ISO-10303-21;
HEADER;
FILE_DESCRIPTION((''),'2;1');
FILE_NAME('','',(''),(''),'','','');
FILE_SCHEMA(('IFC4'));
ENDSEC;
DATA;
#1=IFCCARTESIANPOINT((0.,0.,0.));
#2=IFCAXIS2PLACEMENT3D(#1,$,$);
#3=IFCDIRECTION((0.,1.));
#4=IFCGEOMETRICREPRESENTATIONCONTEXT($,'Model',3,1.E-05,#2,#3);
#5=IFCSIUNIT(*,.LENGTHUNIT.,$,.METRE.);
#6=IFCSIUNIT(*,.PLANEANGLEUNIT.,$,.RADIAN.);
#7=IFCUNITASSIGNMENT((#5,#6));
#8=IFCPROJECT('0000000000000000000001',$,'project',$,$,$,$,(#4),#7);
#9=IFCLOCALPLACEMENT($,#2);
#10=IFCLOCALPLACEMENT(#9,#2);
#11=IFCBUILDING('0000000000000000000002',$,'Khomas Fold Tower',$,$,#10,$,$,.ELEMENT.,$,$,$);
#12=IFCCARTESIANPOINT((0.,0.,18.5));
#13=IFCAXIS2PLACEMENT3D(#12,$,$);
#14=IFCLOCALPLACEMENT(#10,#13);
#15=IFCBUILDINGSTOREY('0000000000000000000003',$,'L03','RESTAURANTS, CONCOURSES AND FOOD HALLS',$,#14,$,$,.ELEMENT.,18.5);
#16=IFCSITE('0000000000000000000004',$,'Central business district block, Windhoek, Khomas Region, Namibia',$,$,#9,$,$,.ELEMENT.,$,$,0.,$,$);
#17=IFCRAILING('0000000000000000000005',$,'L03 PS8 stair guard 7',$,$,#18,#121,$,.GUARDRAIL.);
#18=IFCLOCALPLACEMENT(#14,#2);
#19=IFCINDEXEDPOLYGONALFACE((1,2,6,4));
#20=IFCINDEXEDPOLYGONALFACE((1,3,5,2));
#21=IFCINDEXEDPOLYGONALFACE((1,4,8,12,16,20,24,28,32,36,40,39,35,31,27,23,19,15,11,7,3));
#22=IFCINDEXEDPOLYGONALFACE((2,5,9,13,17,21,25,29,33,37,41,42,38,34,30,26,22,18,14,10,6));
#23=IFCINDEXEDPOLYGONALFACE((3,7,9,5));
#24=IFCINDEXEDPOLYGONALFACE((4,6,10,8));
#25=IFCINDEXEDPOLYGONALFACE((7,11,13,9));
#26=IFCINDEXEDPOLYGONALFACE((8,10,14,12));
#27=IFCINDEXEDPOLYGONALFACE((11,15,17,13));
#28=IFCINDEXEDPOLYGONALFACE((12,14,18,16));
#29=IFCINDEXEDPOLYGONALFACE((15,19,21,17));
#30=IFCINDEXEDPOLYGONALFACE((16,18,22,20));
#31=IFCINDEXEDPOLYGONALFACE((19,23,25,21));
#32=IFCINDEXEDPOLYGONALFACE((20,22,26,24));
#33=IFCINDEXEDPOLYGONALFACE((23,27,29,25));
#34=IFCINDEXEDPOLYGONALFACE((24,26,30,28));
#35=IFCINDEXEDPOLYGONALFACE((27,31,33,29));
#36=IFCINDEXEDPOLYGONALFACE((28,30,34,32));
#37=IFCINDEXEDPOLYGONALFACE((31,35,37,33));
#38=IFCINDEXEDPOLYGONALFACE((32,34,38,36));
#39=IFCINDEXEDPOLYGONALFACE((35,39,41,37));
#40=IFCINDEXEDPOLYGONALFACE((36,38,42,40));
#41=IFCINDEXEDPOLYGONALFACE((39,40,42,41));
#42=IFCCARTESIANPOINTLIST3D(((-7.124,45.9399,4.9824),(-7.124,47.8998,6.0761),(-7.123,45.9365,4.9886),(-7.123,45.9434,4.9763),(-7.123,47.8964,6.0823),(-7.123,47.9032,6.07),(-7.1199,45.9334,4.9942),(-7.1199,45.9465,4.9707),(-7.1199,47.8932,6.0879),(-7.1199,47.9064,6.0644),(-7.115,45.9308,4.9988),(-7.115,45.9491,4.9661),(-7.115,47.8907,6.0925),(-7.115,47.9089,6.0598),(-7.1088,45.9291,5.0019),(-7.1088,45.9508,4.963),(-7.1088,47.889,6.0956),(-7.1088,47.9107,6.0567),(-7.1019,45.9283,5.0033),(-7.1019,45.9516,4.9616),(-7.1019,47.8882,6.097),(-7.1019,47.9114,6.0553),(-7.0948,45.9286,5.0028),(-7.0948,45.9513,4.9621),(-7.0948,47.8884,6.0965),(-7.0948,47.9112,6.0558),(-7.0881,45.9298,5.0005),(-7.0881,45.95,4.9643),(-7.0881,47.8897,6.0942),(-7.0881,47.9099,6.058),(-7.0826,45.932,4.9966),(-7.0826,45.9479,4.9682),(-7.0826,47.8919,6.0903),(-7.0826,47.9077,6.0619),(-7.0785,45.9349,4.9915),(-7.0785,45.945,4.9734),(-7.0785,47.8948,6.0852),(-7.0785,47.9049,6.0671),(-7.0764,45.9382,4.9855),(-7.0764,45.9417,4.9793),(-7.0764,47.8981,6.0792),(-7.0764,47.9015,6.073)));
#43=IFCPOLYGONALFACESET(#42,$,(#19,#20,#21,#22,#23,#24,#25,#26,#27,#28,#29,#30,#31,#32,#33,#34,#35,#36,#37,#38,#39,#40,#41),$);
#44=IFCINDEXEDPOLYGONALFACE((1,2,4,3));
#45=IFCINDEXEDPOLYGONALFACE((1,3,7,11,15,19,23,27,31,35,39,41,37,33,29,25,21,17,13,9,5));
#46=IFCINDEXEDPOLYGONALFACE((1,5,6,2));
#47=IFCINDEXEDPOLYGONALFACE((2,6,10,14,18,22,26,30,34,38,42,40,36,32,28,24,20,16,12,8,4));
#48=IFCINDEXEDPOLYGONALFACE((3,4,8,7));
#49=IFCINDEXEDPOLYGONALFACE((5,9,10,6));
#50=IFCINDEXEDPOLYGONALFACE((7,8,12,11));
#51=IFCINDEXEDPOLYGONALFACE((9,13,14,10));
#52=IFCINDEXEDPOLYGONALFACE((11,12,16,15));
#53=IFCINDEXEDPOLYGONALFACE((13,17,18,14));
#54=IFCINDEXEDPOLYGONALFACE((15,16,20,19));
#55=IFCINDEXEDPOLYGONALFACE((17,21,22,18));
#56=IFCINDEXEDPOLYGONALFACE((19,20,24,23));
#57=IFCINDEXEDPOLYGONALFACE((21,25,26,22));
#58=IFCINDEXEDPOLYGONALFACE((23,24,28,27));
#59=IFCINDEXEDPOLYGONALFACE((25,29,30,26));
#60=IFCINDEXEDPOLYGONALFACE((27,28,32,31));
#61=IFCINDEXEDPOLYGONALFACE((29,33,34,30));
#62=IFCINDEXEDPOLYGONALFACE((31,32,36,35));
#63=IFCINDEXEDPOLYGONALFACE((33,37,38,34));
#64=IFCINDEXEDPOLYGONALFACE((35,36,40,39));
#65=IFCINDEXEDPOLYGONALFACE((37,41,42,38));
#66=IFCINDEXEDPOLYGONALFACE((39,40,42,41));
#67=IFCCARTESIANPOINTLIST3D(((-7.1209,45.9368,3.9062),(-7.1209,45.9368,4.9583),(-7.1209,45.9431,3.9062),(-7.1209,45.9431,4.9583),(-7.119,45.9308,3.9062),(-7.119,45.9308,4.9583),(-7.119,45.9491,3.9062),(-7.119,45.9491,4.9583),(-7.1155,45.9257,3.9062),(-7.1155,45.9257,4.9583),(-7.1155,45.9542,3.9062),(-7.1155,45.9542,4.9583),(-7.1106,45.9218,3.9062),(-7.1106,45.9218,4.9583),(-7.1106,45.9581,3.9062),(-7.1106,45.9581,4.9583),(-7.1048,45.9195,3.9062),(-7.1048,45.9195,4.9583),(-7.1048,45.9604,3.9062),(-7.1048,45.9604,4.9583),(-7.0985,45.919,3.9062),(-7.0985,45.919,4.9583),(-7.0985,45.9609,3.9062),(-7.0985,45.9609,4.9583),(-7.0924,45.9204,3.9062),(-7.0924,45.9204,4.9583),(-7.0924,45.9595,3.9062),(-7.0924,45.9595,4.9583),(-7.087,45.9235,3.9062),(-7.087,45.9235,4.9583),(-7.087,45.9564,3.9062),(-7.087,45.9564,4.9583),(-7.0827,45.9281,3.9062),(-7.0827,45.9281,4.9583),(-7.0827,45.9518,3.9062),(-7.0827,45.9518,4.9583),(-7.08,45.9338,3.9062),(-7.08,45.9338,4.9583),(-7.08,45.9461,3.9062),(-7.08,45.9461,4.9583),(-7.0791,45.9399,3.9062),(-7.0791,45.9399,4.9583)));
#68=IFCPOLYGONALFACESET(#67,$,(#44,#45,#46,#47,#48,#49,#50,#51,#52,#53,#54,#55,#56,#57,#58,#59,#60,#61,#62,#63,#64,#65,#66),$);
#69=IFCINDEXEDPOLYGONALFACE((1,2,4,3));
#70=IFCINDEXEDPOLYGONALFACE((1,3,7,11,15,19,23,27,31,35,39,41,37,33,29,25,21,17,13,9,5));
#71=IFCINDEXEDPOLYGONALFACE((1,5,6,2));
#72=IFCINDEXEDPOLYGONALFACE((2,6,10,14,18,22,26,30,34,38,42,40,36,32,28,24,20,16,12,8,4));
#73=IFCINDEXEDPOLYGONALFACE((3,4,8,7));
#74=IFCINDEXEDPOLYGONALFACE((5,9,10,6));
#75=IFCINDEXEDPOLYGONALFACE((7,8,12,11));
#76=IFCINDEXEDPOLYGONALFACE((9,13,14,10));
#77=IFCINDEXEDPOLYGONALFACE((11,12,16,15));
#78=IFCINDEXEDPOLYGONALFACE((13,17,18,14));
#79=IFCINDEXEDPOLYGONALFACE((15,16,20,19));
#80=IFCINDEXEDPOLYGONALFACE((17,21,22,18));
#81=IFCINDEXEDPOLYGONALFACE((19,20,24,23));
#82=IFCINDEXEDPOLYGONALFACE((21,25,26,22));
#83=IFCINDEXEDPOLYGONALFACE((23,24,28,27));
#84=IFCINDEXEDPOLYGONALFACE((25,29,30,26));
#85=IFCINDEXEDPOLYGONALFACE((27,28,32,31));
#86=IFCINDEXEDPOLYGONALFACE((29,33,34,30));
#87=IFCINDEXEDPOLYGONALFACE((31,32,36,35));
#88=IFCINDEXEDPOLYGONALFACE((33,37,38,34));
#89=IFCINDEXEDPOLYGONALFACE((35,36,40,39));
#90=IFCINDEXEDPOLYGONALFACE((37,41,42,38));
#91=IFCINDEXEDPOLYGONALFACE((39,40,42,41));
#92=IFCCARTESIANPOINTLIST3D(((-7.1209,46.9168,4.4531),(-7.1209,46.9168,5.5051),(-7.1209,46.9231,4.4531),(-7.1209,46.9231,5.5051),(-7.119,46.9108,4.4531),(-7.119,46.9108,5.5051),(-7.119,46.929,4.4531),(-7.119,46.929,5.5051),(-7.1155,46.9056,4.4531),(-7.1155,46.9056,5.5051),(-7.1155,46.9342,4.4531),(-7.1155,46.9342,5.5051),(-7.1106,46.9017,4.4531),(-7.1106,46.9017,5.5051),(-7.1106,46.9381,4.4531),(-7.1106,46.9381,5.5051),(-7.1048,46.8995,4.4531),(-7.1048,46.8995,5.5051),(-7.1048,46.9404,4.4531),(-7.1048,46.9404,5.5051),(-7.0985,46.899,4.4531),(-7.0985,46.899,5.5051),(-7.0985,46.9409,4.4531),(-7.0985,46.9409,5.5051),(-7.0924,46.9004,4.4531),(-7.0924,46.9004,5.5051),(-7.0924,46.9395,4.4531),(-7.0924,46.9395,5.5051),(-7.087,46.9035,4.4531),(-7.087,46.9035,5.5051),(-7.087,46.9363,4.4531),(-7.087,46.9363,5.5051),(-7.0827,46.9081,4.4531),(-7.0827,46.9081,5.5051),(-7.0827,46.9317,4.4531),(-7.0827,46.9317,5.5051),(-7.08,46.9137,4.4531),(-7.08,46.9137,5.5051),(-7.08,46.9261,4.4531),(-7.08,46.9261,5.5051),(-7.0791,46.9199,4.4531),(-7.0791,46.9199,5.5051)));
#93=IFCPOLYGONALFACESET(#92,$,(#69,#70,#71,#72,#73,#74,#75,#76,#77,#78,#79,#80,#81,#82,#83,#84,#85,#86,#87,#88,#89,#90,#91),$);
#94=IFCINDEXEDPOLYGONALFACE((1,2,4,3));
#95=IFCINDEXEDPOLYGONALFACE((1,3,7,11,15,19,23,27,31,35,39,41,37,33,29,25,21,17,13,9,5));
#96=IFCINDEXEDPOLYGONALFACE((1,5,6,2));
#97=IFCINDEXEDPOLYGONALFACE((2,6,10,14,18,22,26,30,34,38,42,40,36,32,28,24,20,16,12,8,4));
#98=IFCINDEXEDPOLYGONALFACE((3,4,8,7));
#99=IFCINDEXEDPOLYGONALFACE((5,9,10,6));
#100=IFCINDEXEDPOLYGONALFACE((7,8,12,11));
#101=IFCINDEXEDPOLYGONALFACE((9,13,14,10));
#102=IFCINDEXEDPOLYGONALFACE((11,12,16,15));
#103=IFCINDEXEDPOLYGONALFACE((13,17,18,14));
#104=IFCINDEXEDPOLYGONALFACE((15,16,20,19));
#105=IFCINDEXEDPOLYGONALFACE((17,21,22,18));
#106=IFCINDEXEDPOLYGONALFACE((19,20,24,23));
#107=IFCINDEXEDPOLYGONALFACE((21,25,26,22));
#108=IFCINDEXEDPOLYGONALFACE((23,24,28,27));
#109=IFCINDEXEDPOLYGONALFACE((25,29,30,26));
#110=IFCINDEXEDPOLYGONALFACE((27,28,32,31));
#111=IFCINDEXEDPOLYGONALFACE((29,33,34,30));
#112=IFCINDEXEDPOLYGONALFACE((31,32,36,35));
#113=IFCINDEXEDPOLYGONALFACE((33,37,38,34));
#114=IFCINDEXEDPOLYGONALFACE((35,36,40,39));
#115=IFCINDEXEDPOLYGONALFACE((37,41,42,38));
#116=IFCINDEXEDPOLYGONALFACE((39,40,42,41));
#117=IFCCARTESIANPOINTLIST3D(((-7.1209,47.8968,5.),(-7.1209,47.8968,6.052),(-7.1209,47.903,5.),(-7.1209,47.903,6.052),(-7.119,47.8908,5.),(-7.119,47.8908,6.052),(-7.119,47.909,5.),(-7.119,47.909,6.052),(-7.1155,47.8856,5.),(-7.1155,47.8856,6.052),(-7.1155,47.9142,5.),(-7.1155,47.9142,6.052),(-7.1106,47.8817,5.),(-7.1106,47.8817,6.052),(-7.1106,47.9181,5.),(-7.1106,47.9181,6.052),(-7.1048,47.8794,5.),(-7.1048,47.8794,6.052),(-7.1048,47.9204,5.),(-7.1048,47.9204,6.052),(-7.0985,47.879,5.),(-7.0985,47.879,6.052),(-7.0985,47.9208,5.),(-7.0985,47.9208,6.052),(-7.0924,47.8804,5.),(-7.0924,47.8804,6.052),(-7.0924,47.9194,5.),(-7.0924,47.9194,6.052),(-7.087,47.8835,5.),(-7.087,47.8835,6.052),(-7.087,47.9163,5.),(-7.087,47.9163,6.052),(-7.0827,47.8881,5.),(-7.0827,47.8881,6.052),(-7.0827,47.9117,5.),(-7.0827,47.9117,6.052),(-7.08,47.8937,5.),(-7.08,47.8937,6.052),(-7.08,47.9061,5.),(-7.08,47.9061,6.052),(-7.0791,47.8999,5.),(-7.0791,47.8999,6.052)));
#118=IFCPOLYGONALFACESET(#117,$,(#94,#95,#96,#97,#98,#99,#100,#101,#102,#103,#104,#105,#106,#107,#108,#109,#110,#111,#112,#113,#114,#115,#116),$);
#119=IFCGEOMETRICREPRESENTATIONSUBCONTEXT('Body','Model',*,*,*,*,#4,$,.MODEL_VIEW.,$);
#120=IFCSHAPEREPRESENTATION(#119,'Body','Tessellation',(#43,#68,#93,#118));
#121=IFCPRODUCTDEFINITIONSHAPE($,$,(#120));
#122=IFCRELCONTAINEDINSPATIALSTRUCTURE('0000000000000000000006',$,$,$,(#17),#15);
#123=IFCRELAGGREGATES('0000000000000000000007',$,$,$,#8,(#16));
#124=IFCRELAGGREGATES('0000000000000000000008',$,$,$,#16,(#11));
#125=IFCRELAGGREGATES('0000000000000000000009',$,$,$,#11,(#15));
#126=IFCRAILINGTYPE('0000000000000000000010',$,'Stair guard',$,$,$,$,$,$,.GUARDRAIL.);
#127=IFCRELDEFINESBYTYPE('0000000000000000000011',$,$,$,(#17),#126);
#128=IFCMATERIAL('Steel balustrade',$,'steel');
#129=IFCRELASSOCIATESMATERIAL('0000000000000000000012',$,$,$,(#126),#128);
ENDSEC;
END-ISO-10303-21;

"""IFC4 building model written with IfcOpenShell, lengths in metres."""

from ifc_helpers import new_model, si_unit, direction, frame, origin, origin_2d, place, context, subcontext, project, spatial, circle, extrude, source, transform, mapped, material, type_object, element, save


model = new_model("IFC4")

# Units and contexts
model_context = context("Model", 3, precision=1e-05, world=origin(), true_north=direction((0.0, 1.0)))
body_context = subcontext(model_context, "Body", "Model", "MODEL_VIEW")
ifc_project = project(units=[si_unit("LENGTHUNIT", "METRE"), si_unit("PLANEANGLEUNIT", "RADIAN")], contexts=[model_context])

# Site, building, storey
site_placement = place(None, origin())
site = spatial("IfcSite", under=ifc_project, at=site_placement, Name="Central business district block, Windhoek, Khomas Region, Namibia", CompositionType="ELEMENT", RefElevation=0.0)
building_placement = place(site_placement, origin())
building = spatial("IfcBuilding", under=site, at=building_placement, Name="Khomas Fold Tower", CompositionType="ELEMENT")
storey_placement = place(building_placement, frame((0.0, 0.0, 18.5)))
storey = spatial("IfcBuildingStorey", under=building, at=storey_placement, Name="L03", Description="RESTAURANTS, CONCOURSES AND FOOD HALLS", CompositionType="ELEMENT", Elevation=18.5)

# Railing
ifc_material_1 = material(Name="Steel balustrade", Category="steel")
railing_type_1 = type_object("IfcRailingType", Name="Stair guard", PredefinedType="GUARDRAIL", material=ifc_material_1)
shared_shape_1 = source(origin(), body_context, "Body", "SweptSolid", [
    extrude(circle(Radius=0.0239, at=origin_2d()), frame((0.0, 0.0, 1.0762), z_axis=(0.0, 0.873232, 0.487304), x_axis=(-1.0, 0.0, 0.0)), (0.0, 0.0, 1.0), 2.2444),
    extrude(circle(Radius=0.021, at=origin_2d()), origin(), (0.0, 0.0, 1.0), 1.052),
    extrude(circle(Radius=0.021, at=origin_2d()), frame((0.0, 0.98, 0.5469)), (0.0, 0.0, 1.0), 1.052),
    extrude(circle(Radius=0.021, at=origin_2d()), frame((0.0, 1.96, 1.0938)), (0.0, 0.0, 1.0), 1.052),
])
for number, where, name in (
    (1, (-7.1001, 45.9399, 3.9062), "L03 PS8 stair guard 7"),
):
    element("IfcRailing", number, at=place(storey_placement, frame(where)), inside=storey, type_object=railing_type_1, Name=name, PredefinedType="GUARDRAIL", context=body_context, shape_type="MappedRepresentation", body=[
        mapped(shared_shape_1, transform((0.0, 0.0, 0.0))),
    ])

save(model, "model.ifc")
